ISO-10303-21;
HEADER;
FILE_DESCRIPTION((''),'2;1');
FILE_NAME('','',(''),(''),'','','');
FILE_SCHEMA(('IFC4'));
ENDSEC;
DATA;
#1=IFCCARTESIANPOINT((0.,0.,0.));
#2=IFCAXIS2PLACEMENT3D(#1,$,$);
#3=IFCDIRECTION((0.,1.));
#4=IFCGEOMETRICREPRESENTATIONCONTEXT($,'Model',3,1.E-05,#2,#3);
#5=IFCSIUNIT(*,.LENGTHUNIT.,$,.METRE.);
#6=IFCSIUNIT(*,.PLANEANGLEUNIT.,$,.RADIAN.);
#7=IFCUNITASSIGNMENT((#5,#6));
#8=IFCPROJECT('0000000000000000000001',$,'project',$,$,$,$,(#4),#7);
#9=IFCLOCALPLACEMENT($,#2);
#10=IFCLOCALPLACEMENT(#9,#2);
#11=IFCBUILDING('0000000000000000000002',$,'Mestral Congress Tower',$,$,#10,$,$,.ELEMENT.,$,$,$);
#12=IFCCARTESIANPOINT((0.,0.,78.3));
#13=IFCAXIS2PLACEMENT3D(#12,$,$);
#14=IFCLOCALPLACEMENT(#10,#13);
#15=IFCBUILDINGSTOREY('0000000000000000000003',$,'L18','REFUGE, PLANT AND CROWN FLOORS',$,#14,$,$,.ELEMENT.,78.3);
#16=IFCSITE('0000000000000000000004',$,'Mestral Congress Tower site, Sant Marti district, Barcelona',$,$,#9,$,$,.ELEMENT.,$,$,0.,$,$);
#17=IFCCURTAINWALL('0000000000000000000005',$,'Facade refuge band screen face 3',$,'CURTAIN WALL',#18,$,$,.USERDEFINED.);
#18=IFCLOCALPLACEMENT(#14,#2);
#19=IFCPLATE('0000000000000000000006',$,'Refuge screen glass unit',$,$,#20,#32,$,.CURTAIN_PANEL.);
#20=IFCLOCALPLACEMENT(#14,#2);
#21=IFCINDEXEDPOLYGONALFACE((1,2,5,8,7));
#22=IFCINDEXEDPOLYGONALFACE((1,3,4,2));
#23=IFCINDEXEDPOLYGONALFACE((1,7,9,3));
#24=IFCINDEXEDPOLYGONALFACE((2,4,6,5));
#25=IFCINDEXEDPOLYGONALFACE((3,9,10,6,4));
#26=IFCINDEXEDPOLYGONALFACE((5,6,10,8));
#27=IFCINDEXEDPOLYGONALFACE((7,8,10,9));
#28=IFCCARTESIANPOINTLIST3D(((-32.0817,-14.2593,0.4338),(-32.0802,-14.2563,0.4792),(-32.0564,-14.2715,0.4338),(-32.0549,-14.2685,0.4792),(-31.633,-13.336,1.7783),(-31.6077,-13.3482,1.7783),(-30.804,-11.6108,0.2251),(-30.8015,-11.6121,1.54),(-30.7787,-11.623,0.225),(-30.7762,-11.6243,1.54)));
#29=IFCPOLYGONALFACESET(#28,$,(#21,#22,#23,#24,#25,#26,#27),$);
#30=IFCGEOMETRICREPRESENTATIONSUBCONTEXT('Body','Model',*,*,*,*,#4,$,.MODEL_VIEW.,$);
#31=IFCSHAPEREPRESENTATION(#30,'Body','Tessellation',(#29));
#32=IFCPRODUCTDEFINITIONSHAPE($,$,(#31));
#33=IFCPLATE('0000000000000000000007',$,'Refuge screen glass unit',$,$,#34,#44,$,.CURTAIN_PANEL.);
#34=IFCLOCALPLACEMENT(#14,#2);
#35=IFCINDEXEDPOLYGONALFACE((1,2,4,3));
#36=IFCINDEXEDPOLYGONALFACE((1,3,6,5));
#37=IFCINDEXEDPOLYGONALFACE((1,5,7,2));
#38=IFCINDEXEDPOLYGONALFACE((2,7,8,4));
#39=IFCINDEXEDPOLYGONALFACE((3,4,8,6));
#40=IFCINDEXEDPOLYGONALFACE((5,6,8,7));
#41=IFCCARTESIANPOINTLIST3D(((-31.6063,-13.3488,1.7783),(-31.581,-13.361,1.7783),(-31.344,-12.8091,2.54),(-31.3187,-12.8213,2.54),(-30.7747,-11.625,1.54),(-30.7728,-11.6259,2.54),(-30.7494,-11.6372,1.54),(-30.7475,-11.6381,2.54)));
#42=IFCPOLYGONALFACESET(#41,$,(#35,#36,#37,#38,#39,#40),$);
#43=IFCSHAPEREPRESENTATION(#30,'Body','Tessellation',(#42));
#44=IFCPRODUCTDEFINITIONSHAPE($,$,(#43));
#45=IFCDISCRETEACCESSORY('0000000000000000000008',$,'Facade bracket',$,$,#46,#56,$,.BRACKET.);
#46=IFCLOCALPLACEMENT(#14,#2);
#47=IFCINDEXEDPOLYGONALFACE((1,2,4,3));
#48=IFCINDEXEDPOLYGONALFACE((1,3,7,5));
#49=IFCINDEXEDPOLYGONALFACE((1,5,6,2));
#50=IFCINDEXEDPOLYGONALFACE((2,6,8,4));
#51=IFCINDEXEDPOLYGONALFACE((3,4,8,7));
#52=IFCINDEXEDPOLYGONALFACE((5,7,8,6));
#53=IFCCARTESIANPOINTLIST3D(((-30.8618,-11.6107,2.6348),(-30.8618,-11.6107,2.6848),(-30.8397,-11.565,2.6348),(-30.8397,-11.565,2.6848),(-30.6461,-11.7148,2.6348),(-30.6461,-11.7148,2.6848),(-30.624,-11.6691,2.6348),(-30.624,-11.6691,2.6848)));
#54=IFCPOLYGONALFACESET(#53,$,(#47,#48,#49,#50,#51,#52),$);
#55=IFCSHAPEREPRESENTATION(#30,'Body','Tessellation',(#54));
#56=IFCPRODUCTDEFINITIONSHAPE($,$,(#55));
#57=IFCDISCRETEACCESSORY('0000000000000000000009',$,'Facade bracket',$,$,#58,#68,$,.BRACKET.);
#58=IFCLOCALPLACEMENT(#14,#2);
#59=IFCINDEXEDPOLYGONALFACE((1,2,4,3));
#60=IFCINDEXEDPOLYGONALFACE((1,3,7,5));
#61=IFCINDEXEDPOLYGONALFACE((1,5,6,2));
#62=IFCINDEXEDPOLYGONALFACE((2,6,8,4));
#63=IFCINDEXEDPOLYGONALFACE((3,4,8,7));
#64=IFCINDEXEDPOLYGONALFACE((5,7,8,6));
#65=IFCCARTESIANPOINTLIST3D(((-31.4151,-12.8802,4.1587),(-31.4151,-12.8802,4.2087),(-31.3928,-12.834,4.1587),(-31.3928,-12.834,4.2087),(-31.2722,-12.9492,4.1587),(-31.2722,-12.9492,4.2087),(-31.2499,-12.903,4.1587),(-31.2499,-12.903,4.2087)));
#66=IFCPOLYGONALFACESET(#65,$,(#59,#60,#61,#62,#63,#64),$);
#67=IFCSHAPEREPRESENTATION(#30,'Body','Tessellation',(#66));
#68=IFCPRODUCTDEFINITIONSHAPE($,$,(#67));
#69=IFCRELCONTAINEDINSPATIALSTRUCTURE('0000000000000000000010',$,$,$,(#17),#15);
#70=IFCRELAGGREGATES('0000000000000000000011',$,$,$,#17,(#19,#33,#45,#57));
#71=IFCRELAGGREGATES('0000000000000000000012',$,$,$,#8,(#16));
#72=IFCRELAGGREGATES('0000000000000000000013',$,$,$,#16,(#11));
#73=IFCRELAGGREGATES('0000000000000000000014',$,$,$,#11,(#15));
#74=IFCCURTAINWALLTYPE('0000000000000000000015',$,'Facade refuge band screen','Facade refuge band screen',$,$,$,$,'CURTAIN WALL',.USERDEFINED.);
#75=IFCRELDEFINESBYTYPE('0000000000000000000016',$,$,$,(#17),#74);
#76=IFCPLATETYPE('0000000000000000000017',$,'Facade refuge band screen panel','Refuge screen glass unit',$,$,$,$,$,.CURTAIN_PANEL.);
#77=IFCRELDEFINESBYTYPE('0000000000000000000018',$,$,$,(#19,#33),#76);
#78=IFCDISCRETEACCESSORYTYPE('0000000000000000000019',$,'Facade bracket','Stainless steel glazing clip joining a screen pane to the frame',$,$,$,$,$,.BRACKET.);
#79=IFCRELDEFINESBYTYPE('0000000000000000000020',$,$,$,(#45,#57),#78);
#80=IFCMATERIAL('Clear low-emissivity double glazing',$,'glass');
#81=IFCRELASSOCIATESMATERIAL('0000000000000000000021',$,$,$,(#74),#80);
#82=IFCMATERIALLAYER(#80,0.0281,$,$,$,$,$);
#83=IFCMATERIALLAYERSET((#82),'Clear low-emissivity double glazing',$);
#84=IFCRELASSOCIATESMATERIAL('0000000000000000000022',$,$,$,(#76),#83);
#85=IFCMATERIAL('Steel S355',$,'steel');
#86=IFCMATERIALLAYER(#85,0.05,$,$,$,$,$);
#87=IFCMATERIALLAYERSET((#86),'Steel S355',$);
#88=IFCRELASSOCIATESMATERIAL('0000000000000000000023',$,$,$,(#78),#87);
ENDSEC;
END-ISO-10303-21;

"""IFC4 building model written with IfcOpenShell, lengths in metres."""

from ifc_helpers import new_model, si_unit, direction, frame, origin, origin_2d, place, context, subcontext, project, spatial, polyline, rectangle, outline, extrude, material, layer, layer_set, type_object, element, aggregate, save


model = new_model("IFC4")

# Units and contexts
model_context = context("Model", 3, precision=1e-05, world=origin(), true_north=direction((0.0, 1.0)))
body_context = subcontext(model_context, "Body", "Model", "MODEL_VIEW")
ifc_project = project(units=[si_unit("LENGTHUNIT", "METRE"), si_unit("PLANEANGLEUNIT", "RADIAN")], contexts=[model_context])

# Site, building, storey
site_placement = place(None, origin())
site = spatial("IfcSite", under=ifc_project, at=site_placement, Name="Mestral Congress Tower site, Sant Marti district, Barcelona", CompositionType="ELEMENT", RefElevation=0.0)
building_placement = place(site_placement, origin())
building = spatial("IfcBuilding", under=site, at=building_placement, Name="Mestral Congress Tower", CompositionType="ELEMENT")
storey_placement = place(building_placement, frame((0.0, 0.0, 78.3)))
storey = spatial("IfcBuildingStorey", under=building, at=storey_placement, Name="L18", Description="REFUGE, PLANT AND CROWN FLOORS", CompositionType="ELEMENT", Elevation=78.3)

# Shared definitions
ifc_material_1 = material(Name="Steel S355", Category="steel")

# Curtain wall
ifc_material_2 = material(Name="Clear low-emissivity double glazing", Category="glass")
curtain_wall_type = type_object("IfcCurtainWallType", Name="Facade refuge band screen", Description="Facade refuge band screen", ElementType="CURTAIN WALL", PredefinedType="USERDEFINED", material=ifc_material_2)
curtain_wall_placement = place(storey_placement, origin())
curtain_wall = element("IfcCurtainWall", 1, at=curtain_wall_placement, inside=storey, type_object=curtain_wall_type, Name="Facade refuge band screen face 3", ObjectType="CURTAIN WALL", PredefinedType="USERDEFINED")

# Plates
ifc_layer_1 = layer(ifc_material_2, 0.0281)
ifc_layer_set_1 = layer_set([ifc_layer_1], Name="Clear low-emissivity double glazing")
plate_type_1 = type_object("IfcPlateType", Name="Facade refuge band screen panel", Description="Refuge screen glass unit", PredefinedType="CURTAIN_PANEL", material=ifc_layer_set_1)
plate_1_placement = place(storey_placement, frame((-30.8015, -11.6121, 1.54), z_axis=(-0.900595, 0.434655, 0.002088), x_axis=(-0.431093, -0.89381, 0.123543)))
plate_1 = element("IfcPlate", 2, at=plate_1_placement, type_object=plate_type_1, Name="Refuge screen glass unit", PredefinedType="CURTAIN_PANEL", context=body_context, shape_type="SweptSolid", body=[
    extrude(outline(polyline([(0.0, 0.0), (1.9287, 0.0), (2.7836, -1.4155), (2.7814, -1.461), (-0.1625, -1.3049), (0.0, 0.0)])), origin(), (0.0, 0.0, -1.0), 0.0281),
])
plate_2_placement = place(storey_placement, frame((-31.344, -12.8091, 2.54), z_axis=(-0.900549, 0.43475, 0.002065), x_axis=(-0.270506, -0.5566, -0.785508)))
plate_2 = element("IfcPlate", 3, at=plate_2_placement, type_object=plate_type_1, Name="Refuge screen glass unit", PredefinedType="CURTAIN_PANEL", context=body_context, shape_type="SweptSolid", body=[
    extrude(outline(polyline([(0.0, 0.0), (0.9697, 0.0), (-0.0276, -1.6509), (-0.8131, -1.032), (0.0, 0.0)])), origin(), (0.0, 0.0, -1.0), 0.0281),
])

# Discrete accessories
ifc_layer_2 = layer(ifc_material_1, 0.05)
ifc_layer_set_2 = layer_set([ifc_layer_2], Name="Steel S355")
discrete_accessory_type = type_object("IfcDiscreteAccessoryType", Name="Facade bracket", Description="Stainless steel glazing clip joining a screen pane to the frame", PredefinedType="BRACKET", material=ifc_layer_set_2)
discrete_accessory_1_placement = place(storey_placement, frame((-30.7429, -11.6399, 2.6348), z_axis=(0.0, 0.0, 1.0), x_axis=(-0.434706, -0.900572, 0.0)))
discrete_accessory_1 = element("IfcDiscreteAccessory", 4, at=discrete_accessory_1_placement, type_object=discrete_accessory_type, Name="Facade bracket", PredefinedType="BRACKET", context=body_context, shape_type="SweptSolid", body=[
    extrude(rectangle(XDim=0.0508, YDim=0.2395, at=origin_2d()), origin(), (0.0, 0.0, 1.0), 0.05),
])
discrete_accessory_2_placement = place(storey_placement, frame((-31.3325, -12.8916, 4.1587), z_axis=(0.0, 0.0, 1.0), x_axis=(-0.434679, -0.900585, 0.0)))
discrete_accessory_2 = element("IfcDiscreteAccessory", 5, at=discrete_accessory_2_placement, type_object=discrete_accessory_type, Name="Facade bracket", PredefinedType="BRACKET", context=body_context, shape_type="SweptSolid", body=[
    extrude(rectangle(XDim=0.0513, YDim=0.1587, at=origin_2d()), origin(), (0.0, 0.0, 1.0), 0.05),
])
aggregate(curtain_wall, [plate_1, plate_2, discrete_accessory_1, discrete_accessory_2])

save(model, "model.ifc")
